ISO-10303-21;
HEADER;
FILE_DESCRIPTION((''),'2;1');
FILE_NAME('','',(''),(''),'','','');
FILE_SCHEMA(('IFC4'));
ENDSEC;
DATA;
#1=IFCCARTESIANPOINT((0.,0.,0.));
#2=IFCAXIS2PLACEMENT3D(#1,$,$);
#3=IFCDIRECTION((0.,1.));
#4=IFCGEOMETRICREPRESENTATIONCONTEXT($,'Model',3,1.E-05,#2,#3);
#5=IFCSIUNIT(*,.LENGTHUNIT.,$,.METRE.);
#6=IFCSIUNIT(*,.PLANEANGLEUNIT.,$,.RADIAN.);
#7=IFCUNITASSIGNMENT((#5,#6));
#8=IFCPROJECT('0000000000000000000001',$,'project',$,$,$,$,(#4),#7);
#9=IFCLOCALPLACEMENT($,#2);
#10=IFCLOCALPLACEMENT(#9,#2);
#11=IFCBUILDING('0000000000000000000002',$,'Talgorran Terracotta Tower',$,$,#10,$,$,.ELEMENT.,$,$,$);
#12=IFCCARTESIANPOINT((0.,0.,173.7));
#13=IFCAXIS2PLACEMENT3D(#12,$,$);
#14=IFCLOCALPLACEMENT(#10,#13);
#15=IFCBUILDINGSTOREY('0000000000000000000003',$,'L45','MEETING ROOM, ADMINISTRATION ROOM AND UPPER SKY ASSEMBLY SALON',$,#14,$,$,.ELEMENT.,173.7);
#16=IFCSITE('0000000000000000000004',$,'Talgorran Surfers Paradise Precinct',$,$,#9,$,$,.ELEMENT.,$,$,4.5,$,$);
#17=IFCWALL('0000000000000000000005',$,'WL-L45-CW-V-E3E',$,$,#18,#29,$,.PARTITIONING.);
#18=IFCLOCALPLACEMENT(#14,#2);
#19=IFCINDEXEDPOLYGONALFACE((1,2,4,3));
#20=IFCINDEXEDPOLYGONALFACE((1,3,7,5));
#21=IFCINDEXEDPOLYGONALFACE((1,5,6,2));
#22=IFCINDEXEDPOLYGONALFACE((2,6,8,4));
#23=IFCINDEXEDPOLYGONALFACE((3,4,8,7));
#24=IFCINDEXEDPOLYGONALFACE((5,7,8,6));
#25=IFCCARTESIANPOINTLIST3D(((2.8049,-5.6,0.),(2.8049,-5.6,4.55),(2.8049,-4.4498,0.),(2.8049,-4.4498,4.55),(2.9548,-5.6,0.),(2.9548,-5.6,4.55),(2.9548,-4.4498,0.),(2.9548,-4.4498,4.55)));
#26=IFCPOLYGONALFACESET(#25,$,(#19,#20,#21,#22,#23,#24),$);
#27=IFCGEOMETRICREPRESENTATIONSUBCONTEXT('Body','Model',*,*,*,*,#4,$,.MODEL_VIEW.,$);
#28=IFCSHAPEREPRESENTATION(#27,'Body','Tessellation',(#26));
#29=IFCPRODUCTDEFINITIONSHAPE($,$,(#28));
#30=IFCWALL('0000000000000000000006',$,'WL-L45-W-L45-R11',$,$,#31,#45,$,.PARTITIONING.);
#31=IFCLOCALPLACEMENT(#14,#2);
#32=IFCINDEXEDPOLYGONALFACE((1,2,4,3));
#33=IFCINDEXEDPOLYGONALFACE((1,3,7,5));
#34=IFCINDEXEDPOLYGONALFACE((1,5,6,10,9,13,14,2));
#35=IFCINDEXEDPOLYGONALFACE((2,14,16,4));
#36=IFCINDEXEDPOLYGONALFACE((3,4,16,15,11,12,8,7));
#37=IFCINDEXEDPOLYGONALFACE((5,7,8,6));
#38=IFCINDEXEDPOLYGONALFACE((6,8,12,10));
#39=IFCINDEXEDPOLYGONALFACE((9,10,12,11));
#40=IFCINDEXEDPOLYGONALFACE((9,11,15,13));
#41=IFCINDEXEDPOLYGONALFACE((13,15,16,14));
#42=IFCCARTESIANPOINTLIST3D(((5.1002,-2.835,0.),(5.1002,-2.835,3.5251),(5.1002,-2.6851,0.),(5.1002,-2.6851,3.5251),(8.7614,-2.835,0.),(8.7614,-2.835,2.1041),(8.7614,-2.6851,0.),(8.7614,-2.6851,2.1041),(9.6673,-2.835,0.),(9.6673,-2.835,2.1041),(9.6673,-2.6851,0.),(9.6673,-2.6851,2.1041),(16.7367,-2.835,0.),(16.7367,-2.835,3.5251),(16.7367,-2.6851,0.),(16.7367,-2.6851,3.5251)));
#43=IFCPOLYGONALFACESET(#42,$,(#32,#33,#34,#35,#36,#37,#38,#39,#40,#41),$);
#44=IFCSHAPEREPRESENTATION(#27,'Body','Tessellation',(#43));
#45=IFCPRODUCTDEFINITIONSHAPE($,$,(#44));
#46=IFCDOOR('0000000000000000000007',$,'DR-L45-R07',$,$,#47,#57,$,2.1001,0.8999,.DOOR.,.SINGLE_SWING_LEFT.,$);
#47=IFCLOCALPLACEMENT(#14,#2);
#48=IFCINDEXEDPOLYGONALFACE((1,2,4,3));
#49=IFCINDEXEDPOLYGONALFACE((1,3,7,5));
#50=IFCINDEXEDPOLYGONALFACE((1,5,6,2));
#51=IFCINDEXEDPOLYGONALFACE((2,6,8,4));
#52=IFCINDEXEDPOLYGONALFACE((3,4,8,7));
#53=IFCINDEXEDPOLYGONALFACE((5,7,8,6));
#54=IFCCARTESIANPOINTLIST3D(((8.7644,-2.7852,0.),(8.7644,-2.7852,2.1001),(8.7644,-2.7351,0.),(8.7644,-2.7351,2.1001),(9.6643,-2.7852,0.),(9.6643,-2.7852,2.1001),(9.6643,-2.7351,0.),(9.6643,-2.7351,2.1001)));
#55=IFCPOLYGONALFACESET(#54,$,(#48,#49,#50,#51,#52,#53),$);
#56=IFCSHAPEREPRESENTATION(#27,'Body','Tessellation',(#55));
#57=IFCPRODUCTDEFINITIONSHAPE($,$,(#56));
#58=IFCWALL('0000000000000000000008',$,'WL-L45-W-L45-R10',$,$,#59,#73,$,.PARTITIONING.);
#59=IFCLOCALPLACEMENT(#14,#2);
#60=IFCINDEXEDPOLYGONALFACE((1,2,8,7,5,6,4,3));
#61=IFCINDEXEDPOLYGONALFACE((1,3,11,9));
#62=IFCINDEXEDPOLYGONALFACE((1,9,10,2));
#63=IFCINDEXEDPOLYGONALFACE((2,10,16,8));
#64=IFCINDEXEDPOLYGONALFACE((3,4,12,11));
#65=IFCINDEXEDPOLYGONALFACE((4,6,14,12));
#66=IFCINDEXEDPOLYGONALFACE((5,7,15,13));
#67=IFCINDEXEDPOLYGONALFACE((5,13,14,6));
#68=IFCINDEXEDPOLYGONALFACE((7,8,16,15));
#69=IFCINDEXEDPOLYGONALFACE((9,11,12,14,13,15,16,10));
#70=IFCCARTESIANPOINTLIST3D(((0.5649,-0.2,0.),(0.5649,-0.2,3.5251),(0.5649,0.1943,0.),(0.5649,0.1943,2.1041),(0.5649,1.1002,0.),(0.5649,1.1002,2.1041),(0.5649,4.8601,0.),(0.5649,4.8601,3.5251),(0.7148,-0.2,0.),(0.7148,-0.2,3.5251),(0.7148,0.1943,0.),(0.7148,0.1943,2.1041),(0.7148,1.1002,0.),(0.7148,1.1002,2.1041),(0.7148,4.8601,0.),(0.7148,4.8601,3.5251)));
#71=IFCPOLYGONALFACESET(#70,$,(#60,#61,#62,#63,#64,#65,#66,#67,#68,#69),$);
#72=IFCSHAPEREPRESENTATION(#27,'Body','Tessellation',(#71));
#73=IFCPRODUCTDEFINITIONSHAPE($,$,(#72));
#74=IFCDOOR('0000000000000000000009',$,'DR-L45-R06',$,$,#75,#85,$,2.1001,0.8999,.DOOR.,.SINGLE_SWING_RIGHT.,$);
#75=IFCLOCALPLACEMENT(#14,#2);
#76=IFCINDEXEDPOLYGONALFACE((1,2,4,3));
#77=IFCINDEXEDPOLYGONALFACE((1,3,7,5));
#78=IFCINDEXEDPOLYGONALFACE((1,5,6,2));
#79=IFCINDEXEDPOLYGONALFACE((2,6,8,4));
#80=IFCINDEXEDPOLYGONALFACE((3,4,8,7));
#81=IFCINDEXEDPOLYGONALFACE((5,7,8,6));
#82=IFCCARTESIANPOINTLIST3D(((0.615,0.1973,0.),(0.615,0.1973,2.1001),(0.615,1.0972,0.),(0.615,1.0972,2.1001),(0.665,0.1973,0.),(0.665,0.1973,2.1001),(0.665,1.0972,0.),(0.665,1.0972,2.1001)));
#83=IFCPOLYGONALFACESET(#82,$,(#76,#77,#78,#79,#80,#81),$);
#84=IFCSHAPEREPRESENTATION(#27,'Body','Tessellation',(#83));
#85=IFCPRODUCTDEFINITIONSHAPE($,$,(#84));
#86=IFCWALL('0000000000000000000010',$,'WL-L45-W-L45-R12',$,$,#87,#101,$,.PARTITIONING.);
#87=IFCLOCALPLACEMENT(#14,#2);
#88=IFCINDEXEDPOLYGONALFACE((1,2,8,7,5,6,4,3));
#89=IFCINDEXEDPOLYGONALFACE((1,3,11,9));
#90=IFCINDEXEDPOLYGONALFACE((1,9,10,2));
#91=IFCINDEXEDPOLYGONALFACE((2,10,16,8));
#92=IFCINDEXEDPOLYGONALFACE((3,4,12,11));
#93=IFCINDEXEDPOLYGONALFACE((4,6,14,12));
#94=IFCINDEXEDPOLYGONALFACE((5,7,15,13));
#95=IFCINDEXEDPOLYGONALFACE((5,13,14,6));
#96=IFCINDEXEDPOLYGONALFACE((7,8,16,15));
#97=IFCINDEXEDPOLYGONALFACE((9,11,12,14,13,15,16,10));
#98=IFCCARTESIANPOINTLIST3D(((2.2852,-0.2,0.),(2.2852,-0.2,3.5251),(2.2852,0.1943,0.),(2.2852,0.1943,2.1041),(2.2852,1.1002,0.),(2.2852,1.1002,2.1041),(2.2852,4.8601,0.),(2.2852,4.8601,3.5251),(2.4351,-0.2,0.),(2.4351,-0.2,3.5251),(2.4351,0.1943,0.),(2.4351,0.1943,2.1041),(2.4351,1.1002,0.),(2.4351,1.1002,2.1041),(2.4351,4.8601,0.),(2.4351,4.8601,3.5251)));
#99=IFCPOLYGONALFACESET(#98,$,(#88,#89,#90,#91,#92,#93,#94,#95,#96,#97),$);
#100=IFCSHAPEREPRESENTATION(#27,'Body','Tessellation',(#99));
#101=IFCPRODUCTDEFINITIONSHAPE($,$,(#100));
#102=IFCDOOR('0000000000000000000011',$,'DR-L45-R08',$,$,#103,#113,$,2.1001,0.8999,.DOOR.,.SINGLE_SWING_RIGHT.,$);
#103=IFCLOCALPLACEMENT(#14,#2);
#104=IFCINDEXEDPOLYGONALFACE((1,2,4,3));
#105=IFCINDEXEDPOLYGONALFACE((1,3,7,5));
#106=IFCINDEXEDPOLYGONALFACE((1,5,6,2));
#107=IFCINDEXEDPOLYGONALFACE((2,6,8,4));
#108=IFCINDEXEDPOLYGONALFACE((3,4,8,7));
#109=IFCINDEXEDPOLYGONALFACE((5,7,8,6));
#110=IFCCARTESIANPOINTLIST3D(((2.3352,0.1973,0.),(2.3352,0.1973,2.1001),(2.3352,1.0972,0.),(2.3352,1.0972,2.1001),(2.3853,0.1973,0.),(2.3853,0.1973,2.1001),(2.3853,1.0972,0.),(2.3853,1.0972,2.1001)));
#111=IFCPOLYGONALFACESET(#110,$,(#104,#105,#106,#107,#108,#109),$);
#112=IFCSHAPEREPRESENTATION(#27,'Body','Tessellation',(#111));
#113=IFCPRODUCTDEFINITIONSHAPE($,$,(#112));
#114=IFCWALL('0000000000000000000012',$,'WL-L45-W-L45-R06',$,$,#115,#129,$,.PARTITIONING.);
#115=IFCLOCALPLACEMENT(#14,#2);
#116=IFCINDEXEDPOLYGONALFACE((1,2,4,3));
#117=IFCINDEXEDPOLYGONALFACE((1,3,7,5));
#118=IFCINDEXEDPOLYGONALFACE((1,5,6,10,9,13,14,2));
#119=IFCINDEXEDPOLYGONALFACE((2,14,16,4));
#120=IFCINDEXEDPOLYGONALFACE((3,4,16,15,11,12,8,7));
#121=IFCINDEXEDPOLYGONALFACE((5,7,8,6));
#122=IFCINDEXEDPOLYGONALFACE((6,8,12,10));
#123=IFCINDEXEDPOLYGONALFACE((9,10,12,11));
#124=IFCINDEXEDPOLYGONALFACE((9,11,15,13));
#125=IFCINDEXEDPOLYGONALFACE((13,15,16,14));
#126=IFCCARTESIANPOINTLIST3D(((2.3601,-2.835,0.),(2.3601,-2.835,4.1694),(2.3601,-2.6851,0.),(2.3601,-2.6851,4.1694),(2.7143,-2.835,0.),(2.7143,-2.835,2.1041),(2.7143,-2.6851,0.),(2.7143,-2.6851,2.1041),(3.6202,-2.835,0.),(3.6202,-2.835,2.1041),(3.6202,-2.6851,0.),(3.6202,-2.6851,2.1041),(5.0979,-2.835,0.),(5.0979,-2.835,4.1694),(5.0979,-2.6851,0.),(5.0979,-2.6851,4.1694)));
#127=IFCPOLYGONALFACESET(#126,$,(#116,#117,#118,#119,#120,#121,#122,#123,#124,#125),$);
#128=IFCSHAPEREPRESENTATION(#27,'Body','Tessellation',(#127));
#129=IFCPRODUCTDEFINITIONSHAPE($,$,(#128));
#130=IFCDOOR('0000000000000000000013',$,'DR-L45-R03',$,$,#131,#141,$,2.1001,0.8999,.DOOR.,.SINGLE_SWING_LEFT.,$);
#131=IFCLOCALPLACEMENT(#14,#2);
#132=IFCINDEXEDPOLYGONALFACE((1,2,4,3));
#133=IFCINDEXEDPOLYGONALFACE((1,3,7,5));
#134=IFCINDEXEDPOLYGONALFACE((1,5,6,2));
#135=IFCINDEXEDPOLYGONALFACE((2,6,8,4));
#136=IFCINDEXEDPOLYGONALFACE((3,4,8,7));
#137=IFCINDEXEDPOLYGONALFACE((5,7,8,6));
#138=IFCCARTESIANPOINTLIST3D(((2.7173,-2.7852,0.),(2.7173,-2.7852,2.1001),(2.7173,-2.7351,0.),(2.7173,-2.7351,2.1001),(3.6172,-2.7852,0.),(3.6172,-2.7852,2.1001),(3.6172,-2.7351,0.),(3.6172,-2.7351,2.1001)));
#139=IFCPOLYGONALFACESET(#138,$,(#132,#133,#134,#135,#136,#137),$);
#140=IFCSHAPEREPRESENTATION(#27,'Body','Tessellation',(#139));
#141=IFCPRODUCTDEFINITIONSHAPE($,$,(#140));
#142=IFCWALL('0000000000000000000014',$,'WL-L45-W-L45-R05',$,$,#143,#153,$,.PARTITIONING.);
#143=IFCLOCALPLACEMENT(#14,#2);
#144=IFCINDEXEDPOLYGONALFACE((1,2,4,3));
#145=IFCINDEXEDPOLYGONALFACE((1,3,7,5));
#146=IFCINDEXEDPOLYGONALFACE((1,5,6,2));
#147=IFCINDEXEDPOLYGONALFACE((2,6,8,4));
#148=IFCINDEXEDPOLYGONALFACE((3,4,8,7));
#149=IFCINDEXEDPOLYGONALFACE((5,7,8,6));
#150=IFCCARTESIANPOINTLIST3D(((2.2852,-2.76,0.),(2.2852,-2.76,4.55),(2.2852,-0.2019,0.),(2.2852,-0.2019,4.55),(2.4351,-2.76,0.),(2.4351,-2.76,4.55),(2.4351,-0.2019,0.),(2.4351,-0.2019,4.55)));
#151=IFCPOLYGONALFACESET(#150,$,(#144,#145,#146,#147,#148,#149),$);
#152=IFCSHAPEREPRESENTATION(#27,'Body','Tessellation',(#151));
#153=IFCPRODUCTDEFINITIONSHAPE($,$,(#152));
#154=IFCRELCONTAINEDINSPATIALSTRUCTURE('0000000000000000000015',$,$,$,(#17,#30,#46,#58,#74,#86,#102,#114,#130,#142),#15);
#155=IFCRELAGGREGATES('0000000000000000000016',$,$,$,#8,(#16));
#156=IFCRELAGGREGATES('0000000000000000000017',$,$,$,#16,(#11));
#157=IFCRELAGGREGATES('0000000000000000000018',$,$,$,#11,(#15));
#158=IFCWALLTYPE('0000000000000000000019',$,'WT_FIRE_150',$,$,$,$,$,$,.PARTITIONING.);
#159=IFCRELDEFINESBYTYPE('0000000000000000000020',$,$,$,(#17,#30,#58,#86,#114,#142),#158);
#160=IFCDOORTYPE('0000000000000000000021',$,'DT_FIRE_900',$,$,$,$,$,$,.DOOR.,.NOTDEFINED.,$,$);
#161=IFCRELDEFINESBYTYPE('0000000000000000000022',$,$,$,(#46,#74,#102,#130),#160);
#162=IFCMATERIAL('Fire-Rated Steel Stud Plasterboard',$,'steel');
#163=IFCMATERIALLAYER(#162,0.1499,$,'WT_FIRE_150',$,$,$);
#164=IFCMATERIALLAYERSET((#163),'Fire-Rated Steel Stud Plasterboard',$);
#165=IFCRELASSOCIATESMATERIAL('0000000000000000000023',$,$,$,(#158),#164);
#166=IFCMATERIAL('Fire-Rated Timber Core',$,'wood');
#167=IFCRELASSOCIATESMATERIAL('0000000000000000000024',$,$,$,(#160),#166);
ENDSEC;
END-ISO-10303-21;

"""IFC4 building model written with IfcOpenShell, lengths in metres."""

from ifc_helpers import new_model, si_unit, direction, frame, frame_2d, origin, place, context, subcontext, project, spatial, rectangle, extrude, material, layer, layer_set, type_object, element, fill, save


model = new_model("IFC4")

# Units and contexts
model_context = context("Model", 3, precision=1e-05, world=origin(), true_north=direction((0.0, 1.0)))
body_context = subcontext(model_context, "Body", "Model", "MODEL_VIEW")
ifc_project = project(units=[si_unit("LENGTHUNIT", "METRE"), si_unit("PLANEANGLEUNIT", "RADIAN")], contexts=[model_context])

# Site, building, storey
site_placement = place(None, origin())
site = spatial("IfcSite", under=ifc_project, at=site_placement, Name="Talgorran Surfers Paradise Precinct", CompositionType="ELEMENT", RefElevation=4.5)
building_placement = place(site_placement, origin())
building = spatial("IfcBuilding", under=site, at=building_placement, Name="Talgorran Terracotta Tower", CompositionType="ELEMENT")
storey_placement = place(building_placement, frame((0.0, 0.0, 173.7)))
storey = spatial("IfcBuildingStorey", under=building, at=storey_placement, Name="L45", Description="MEETING ROOM, ADMINISTRATION ROOM AND UPPER SKY ASSEMBLY SALON", CompositionType="ELEMENT", Elevation=173.7)

# Wall
ifc_material_1 = material(Name="Fire-Rated Steel Stud Plasterboard", Category="steel")
ifc_layer_1 = layer(ifc_material_1, 0.1499, Name="WT_FIRE_150")
ifc_layer_set_1 = layer_set([ifc_layer_1], Name="Fire-Rated Steel Stud Plasterboard")
wall_type_1 = type_object("IfcWallType", Name="WT_FIRE_150", PredefinedType="PARTITIONING", material=ifc_layer_set_1)
wall_1_placement = place(storey_placement, frame((2.8799, -5.6001, 0.0), z_axis=(0.0, 0.0, 1.0), x_axis=(0.0, 1.0, 0.0)))
element("IfcWall", 1, at=wall_1_placement, inside=storey, type_object=wall_type_1, Name="WL-L45-CW-V-E3E", PredefinedType="PARTITIONING", context=body_context, shape_type="SweptSolid", body=[
    extrude(rectangle(XDim=1.1501, YDim=0.1499, at=frame_2d((0.5752, 0.0))), origin(), (0.0, 0.0, 1.0), 4.55),
])

# Walls, openings, doors
wall_2_placement = place(storey_placement, frame((5.1001, -2.76, 0.0), z_axis=(0.0, 0.0, 1.0), x_axis=(1.0, 0.0, 0.0)))
wall_2 = element("IfcWall", 2, at=wall_2_placement, inside=storey, type_object=wall_type_1, Name="WL-L45-W-L45-R11", PredefinedType="PARTITIONING", context=body_context, shape_type="SweptSolid", body=[
    extrude(rectangle(XDim=11.6365, YDim=0.1499, at=frame_2d((5.8184, 0.0))), origin(), (0.0, 0.0, 1.0), 3.5251),
])
opening_1_placement = place(wall_2_placement, frame((3.6643, 0.0, 0.0)))
opening_1 = element("IfcOpeningElement", 3, at=opening_1_placement, cuts=wall_2, PredefinedType="OPENING", context=body_context, shape_type="SweptSolid", body=[
    extrude(rectangle(XDim=0.9059, YDim=2.1041, at=frame_2d((0.45, 1.052))), frame((0.0, 0.085, 0.0), z_axis=(0.0, -1.0, 0.0), x_axis=(1.0, 0.0, 0.0)), (0.0, 0.0, 1.0), 0.1699),
])
ifc_material_2 = material(Name="Fire-Rated Timber Core", Category="wood")
door_type = type_object("IfcDoorType", Name="DT_FIRE_900", OperationType="NOTDEFINED", PredefinedType="DOOR", material=ifc_material_2)
door_1_placement = place(opening_1_placement, origin())
door_1 = element("IfcDoor", 4, at=door_1_placement, inside=storey, type_object=door_type, Name="DR-L45-R07", OperationType="SINGLE_SWING_LEFT", OverallHeight=2.1001, OverallWidth=0.8999, PredefinedType="DOOR", context=body_context, shape_type="SweptSolid", body=[
    extrude(rectangle(XDim=0.8999, YDim=2.1001, at=frame_2d((0.45, 1.05))), frame((0.0, 0.0249, 0.0), z_axis=(0.0, -1.0, 0.0), x_axis=(1.0, 0.0, 0.0)), (0.0, 0.0, 1.0), 0.05),
])
fill(opening_1, door_1)
wall_3_placement = place(storey_placement, frame((0.6399, -0.2, 0.0), z_axis=(0.0, 0.0, 1.0), x_axis=(0.0, 1.0, 0.0)))
wall_3 = element("IfcWall", 5, at=wall_3_placement, inside=storey, type_object=wall_type_1, Name="WL-L45-W-L45-R10", PredefinedType="PARTITIONING", context=body_context, shape_type="SweptSolid", body=[
    extrude(rectangle(XDim=5.0601, YDim=0.1499, at=frame_2d((2.53, 0.0))), origin(), (0.0, 0.0, 1.0), 3.5251),
])
opening_2_placement = place(wall_3_placement, frame((0.3972, 0.0, 0.0)))
opening_2 = element("IfcOpeningElement", 6, at=opening_2_placement, cuts=wall_3, PredefinedType="OPENING", context=body_context, shape_type="SweptSolid", body=[
    extrude(rectangle(XDim=0.9059, YDim=2.1041, at=frame_2d((0.45, 1.052))), frame((0.0, 0.085, 0.0), z_axis=(0.0, -1.0, 0.0), x_axis=(1.0, 0.0, 0.0)), (0.0, 0.0, 1.0), 0.1699),
])
door_2_placement = place(opening_2_placement, origin())
door_2 = element("IfcDoor", 7, at=door_2_placement, inside=storey, type_object=door_type, Name="DR-L45-R06", OperationType="SINGLE_SWING_RIGHT", OverallHeight=2.1001, OverallWidth=0.8999, PredefinedType="DOOR", context=body_context, shape_type="SweptSolid", body=[
    extrude(rectangle(XDim=0.8999, YDim=2.1001, at=frame_2d((0.45, 1.05))), frame((0.0, 0.0249, 0.0), z_axis=(0.0, -1.0, 0.0), x_axis=(1.0, 0.0, 0.0)), (0.0, 0.0, 1.0), 0.05),
])
fill(opening_2, door_2)
wall_4_placement = place(storey_placement, frame((2.3601, -0.2, 0.0), z_axis=(0.0, 0.0, 1.0), x_axis=(0.0, 1.0, 0.0)))
wall_4 = element("IfcWall", 8, at=wall_4_placement, inside=storey, type_object=wall_type_1, Name="WL-L45-W-L45-R12", PredefinedType="PARTITIONING", context=body_context, shape_type="SweptSolid", body=[
    extrude(rectangle(XDim=5.0601, YDim=0.1499, at=frame_2d((2.53, 0.0))), origin(), (0.0, 0.0, 1.0), 3.5251),
])
opening_3_placement = place(wall_4_placement, frame((0.3972, 0.0, 0.0)))
opening_3 = element("IfcOpeningElement", 9, at=opening_3_placement, cuts=wall_4, PredefinedType="OPENING", context=body_context, shape_type="SweptSolid", body=[
    extrude(rectangle(XDim=0.9059, YDim=2.1041, at=frame_2d((0.45, 1.052))), frame((0.0, 0.085, 0.0), z_axis=(0.0, -1.0, 0.0), x_axis=(1.0, 0.0, 0.0)), (0.0, 0.0, 1.0), 0.1699),
])
door_3_placement = place(opening_3_placement, origin())
door_3 = element("IfcDoor", 10, at=door_3_placement, inside=storey, type_object=door_type, Name="DR-L45-R08", OperationType="SINGLE_SWING_RIGHT", OverallHeight=2.1001, OverallWidth=0.8999, PredefinedType="DOOR", context=body_context, shape_type="SweptSolid", body=[
    extrude(rectangle(XDim=0.8999, YDim=2.1001, at=frame_2d((0.45, 1.05))), frame((0.0, 0.0249, 0.0), z_axis=(0.0, -1.0, 0.0), x_axis=(1.0, 0.0, 0.0)), (0.0, 0.0, 1.0), 0.05),
])
fill(opening_3, door_3)
wall_5_placement = place(storey_placement, frame((2.3601, -2.76, 0.0), z_axis=(0.0, 0.0, 1.0), x_axis=(1.0, 0.0, 0.0)))
wall_5 = element("IfcWall", 11, at=wall_5_placement, inside=storey, type_object=wall_type_1, Name="WL-L45-W-L45-R06", PredefinedType="PARTITIONING", context=body_context, shape_type="SweptSolid", body=[
    extrude(rectangle(XDim=2.7378, YDim=0.1499, at=frame_2d((1.3689, 0.0))), origin(), (0.0, 0.0, 1.0), 4.1694),
])
opening_4_placement = place(wall_5_placement, frame((0.3572, 0.0, 0.0)))
opening_4 = element("IfcOpeningElement", 12, at=opening_4_placement, cuts=wall_5, PredefinedType="OPENING", context=body_context, shape_type="SweptSolid", body=[
    extrude(rectangle(XDim=0.9059, YDim=2.1041, at=frame_2d((0.45, 1.052))), frame((0.0, 0.085, 0.0), z_axis=(0.0, -1.0, 0.0), x_axis=(1.0, 0.0, 0.0)), (0.0, 0.0, 1.0), 0.1699),
])
door_4_placement = place(opening_4_placement, origin())
door_4 = element("IfcDoor", 13, at=door_4_placement, inside=storey, type_object=door_type, Name="DR-L45-R03", OperationType="SINGLE_SWING_LEFT", OverallHeight=2.1001, OverallWidth=0.8999, PredefinedType="DOOR", context=body_context, shape_type="SweptSolid", body=[
    extrude(rectangle(XDim=0.8999, YDim=2.1001, at=frame_2d((0.45, 1.05))), frame((0.0, 0.0249, 0.0), z_axis=(0.0, -1.0, 0.0), x_axis=(1.0, 0.0, 0.0)), (0.0, 0.0, 1.0), 0.05),
])
fill(opening_4, door_4)

# Wall
wall_6_placement = place(storey_placement, frame((2.3601, -2.76, 0.0), z_axis=(0.0, 0.0, 1.0), x_axis=(0.0, 1.0, 0.0)))
element("IfcWall", 14, at=wall_6_placement, inside=storey, type_object=wall_type_1, Name="WL-L45-W-L45-R05", PredefinedType="PARTITIONING", context=body_context, shape_type="SweptSolid", body=[
    extrude(rectangle(XDim=2.5581, YDim=0.1499, at=frame_2d((1.2791, 0.0))), origin(), (0.0, 0.0, 1.0), 4.55),
])

save(model, "model.ifc")
